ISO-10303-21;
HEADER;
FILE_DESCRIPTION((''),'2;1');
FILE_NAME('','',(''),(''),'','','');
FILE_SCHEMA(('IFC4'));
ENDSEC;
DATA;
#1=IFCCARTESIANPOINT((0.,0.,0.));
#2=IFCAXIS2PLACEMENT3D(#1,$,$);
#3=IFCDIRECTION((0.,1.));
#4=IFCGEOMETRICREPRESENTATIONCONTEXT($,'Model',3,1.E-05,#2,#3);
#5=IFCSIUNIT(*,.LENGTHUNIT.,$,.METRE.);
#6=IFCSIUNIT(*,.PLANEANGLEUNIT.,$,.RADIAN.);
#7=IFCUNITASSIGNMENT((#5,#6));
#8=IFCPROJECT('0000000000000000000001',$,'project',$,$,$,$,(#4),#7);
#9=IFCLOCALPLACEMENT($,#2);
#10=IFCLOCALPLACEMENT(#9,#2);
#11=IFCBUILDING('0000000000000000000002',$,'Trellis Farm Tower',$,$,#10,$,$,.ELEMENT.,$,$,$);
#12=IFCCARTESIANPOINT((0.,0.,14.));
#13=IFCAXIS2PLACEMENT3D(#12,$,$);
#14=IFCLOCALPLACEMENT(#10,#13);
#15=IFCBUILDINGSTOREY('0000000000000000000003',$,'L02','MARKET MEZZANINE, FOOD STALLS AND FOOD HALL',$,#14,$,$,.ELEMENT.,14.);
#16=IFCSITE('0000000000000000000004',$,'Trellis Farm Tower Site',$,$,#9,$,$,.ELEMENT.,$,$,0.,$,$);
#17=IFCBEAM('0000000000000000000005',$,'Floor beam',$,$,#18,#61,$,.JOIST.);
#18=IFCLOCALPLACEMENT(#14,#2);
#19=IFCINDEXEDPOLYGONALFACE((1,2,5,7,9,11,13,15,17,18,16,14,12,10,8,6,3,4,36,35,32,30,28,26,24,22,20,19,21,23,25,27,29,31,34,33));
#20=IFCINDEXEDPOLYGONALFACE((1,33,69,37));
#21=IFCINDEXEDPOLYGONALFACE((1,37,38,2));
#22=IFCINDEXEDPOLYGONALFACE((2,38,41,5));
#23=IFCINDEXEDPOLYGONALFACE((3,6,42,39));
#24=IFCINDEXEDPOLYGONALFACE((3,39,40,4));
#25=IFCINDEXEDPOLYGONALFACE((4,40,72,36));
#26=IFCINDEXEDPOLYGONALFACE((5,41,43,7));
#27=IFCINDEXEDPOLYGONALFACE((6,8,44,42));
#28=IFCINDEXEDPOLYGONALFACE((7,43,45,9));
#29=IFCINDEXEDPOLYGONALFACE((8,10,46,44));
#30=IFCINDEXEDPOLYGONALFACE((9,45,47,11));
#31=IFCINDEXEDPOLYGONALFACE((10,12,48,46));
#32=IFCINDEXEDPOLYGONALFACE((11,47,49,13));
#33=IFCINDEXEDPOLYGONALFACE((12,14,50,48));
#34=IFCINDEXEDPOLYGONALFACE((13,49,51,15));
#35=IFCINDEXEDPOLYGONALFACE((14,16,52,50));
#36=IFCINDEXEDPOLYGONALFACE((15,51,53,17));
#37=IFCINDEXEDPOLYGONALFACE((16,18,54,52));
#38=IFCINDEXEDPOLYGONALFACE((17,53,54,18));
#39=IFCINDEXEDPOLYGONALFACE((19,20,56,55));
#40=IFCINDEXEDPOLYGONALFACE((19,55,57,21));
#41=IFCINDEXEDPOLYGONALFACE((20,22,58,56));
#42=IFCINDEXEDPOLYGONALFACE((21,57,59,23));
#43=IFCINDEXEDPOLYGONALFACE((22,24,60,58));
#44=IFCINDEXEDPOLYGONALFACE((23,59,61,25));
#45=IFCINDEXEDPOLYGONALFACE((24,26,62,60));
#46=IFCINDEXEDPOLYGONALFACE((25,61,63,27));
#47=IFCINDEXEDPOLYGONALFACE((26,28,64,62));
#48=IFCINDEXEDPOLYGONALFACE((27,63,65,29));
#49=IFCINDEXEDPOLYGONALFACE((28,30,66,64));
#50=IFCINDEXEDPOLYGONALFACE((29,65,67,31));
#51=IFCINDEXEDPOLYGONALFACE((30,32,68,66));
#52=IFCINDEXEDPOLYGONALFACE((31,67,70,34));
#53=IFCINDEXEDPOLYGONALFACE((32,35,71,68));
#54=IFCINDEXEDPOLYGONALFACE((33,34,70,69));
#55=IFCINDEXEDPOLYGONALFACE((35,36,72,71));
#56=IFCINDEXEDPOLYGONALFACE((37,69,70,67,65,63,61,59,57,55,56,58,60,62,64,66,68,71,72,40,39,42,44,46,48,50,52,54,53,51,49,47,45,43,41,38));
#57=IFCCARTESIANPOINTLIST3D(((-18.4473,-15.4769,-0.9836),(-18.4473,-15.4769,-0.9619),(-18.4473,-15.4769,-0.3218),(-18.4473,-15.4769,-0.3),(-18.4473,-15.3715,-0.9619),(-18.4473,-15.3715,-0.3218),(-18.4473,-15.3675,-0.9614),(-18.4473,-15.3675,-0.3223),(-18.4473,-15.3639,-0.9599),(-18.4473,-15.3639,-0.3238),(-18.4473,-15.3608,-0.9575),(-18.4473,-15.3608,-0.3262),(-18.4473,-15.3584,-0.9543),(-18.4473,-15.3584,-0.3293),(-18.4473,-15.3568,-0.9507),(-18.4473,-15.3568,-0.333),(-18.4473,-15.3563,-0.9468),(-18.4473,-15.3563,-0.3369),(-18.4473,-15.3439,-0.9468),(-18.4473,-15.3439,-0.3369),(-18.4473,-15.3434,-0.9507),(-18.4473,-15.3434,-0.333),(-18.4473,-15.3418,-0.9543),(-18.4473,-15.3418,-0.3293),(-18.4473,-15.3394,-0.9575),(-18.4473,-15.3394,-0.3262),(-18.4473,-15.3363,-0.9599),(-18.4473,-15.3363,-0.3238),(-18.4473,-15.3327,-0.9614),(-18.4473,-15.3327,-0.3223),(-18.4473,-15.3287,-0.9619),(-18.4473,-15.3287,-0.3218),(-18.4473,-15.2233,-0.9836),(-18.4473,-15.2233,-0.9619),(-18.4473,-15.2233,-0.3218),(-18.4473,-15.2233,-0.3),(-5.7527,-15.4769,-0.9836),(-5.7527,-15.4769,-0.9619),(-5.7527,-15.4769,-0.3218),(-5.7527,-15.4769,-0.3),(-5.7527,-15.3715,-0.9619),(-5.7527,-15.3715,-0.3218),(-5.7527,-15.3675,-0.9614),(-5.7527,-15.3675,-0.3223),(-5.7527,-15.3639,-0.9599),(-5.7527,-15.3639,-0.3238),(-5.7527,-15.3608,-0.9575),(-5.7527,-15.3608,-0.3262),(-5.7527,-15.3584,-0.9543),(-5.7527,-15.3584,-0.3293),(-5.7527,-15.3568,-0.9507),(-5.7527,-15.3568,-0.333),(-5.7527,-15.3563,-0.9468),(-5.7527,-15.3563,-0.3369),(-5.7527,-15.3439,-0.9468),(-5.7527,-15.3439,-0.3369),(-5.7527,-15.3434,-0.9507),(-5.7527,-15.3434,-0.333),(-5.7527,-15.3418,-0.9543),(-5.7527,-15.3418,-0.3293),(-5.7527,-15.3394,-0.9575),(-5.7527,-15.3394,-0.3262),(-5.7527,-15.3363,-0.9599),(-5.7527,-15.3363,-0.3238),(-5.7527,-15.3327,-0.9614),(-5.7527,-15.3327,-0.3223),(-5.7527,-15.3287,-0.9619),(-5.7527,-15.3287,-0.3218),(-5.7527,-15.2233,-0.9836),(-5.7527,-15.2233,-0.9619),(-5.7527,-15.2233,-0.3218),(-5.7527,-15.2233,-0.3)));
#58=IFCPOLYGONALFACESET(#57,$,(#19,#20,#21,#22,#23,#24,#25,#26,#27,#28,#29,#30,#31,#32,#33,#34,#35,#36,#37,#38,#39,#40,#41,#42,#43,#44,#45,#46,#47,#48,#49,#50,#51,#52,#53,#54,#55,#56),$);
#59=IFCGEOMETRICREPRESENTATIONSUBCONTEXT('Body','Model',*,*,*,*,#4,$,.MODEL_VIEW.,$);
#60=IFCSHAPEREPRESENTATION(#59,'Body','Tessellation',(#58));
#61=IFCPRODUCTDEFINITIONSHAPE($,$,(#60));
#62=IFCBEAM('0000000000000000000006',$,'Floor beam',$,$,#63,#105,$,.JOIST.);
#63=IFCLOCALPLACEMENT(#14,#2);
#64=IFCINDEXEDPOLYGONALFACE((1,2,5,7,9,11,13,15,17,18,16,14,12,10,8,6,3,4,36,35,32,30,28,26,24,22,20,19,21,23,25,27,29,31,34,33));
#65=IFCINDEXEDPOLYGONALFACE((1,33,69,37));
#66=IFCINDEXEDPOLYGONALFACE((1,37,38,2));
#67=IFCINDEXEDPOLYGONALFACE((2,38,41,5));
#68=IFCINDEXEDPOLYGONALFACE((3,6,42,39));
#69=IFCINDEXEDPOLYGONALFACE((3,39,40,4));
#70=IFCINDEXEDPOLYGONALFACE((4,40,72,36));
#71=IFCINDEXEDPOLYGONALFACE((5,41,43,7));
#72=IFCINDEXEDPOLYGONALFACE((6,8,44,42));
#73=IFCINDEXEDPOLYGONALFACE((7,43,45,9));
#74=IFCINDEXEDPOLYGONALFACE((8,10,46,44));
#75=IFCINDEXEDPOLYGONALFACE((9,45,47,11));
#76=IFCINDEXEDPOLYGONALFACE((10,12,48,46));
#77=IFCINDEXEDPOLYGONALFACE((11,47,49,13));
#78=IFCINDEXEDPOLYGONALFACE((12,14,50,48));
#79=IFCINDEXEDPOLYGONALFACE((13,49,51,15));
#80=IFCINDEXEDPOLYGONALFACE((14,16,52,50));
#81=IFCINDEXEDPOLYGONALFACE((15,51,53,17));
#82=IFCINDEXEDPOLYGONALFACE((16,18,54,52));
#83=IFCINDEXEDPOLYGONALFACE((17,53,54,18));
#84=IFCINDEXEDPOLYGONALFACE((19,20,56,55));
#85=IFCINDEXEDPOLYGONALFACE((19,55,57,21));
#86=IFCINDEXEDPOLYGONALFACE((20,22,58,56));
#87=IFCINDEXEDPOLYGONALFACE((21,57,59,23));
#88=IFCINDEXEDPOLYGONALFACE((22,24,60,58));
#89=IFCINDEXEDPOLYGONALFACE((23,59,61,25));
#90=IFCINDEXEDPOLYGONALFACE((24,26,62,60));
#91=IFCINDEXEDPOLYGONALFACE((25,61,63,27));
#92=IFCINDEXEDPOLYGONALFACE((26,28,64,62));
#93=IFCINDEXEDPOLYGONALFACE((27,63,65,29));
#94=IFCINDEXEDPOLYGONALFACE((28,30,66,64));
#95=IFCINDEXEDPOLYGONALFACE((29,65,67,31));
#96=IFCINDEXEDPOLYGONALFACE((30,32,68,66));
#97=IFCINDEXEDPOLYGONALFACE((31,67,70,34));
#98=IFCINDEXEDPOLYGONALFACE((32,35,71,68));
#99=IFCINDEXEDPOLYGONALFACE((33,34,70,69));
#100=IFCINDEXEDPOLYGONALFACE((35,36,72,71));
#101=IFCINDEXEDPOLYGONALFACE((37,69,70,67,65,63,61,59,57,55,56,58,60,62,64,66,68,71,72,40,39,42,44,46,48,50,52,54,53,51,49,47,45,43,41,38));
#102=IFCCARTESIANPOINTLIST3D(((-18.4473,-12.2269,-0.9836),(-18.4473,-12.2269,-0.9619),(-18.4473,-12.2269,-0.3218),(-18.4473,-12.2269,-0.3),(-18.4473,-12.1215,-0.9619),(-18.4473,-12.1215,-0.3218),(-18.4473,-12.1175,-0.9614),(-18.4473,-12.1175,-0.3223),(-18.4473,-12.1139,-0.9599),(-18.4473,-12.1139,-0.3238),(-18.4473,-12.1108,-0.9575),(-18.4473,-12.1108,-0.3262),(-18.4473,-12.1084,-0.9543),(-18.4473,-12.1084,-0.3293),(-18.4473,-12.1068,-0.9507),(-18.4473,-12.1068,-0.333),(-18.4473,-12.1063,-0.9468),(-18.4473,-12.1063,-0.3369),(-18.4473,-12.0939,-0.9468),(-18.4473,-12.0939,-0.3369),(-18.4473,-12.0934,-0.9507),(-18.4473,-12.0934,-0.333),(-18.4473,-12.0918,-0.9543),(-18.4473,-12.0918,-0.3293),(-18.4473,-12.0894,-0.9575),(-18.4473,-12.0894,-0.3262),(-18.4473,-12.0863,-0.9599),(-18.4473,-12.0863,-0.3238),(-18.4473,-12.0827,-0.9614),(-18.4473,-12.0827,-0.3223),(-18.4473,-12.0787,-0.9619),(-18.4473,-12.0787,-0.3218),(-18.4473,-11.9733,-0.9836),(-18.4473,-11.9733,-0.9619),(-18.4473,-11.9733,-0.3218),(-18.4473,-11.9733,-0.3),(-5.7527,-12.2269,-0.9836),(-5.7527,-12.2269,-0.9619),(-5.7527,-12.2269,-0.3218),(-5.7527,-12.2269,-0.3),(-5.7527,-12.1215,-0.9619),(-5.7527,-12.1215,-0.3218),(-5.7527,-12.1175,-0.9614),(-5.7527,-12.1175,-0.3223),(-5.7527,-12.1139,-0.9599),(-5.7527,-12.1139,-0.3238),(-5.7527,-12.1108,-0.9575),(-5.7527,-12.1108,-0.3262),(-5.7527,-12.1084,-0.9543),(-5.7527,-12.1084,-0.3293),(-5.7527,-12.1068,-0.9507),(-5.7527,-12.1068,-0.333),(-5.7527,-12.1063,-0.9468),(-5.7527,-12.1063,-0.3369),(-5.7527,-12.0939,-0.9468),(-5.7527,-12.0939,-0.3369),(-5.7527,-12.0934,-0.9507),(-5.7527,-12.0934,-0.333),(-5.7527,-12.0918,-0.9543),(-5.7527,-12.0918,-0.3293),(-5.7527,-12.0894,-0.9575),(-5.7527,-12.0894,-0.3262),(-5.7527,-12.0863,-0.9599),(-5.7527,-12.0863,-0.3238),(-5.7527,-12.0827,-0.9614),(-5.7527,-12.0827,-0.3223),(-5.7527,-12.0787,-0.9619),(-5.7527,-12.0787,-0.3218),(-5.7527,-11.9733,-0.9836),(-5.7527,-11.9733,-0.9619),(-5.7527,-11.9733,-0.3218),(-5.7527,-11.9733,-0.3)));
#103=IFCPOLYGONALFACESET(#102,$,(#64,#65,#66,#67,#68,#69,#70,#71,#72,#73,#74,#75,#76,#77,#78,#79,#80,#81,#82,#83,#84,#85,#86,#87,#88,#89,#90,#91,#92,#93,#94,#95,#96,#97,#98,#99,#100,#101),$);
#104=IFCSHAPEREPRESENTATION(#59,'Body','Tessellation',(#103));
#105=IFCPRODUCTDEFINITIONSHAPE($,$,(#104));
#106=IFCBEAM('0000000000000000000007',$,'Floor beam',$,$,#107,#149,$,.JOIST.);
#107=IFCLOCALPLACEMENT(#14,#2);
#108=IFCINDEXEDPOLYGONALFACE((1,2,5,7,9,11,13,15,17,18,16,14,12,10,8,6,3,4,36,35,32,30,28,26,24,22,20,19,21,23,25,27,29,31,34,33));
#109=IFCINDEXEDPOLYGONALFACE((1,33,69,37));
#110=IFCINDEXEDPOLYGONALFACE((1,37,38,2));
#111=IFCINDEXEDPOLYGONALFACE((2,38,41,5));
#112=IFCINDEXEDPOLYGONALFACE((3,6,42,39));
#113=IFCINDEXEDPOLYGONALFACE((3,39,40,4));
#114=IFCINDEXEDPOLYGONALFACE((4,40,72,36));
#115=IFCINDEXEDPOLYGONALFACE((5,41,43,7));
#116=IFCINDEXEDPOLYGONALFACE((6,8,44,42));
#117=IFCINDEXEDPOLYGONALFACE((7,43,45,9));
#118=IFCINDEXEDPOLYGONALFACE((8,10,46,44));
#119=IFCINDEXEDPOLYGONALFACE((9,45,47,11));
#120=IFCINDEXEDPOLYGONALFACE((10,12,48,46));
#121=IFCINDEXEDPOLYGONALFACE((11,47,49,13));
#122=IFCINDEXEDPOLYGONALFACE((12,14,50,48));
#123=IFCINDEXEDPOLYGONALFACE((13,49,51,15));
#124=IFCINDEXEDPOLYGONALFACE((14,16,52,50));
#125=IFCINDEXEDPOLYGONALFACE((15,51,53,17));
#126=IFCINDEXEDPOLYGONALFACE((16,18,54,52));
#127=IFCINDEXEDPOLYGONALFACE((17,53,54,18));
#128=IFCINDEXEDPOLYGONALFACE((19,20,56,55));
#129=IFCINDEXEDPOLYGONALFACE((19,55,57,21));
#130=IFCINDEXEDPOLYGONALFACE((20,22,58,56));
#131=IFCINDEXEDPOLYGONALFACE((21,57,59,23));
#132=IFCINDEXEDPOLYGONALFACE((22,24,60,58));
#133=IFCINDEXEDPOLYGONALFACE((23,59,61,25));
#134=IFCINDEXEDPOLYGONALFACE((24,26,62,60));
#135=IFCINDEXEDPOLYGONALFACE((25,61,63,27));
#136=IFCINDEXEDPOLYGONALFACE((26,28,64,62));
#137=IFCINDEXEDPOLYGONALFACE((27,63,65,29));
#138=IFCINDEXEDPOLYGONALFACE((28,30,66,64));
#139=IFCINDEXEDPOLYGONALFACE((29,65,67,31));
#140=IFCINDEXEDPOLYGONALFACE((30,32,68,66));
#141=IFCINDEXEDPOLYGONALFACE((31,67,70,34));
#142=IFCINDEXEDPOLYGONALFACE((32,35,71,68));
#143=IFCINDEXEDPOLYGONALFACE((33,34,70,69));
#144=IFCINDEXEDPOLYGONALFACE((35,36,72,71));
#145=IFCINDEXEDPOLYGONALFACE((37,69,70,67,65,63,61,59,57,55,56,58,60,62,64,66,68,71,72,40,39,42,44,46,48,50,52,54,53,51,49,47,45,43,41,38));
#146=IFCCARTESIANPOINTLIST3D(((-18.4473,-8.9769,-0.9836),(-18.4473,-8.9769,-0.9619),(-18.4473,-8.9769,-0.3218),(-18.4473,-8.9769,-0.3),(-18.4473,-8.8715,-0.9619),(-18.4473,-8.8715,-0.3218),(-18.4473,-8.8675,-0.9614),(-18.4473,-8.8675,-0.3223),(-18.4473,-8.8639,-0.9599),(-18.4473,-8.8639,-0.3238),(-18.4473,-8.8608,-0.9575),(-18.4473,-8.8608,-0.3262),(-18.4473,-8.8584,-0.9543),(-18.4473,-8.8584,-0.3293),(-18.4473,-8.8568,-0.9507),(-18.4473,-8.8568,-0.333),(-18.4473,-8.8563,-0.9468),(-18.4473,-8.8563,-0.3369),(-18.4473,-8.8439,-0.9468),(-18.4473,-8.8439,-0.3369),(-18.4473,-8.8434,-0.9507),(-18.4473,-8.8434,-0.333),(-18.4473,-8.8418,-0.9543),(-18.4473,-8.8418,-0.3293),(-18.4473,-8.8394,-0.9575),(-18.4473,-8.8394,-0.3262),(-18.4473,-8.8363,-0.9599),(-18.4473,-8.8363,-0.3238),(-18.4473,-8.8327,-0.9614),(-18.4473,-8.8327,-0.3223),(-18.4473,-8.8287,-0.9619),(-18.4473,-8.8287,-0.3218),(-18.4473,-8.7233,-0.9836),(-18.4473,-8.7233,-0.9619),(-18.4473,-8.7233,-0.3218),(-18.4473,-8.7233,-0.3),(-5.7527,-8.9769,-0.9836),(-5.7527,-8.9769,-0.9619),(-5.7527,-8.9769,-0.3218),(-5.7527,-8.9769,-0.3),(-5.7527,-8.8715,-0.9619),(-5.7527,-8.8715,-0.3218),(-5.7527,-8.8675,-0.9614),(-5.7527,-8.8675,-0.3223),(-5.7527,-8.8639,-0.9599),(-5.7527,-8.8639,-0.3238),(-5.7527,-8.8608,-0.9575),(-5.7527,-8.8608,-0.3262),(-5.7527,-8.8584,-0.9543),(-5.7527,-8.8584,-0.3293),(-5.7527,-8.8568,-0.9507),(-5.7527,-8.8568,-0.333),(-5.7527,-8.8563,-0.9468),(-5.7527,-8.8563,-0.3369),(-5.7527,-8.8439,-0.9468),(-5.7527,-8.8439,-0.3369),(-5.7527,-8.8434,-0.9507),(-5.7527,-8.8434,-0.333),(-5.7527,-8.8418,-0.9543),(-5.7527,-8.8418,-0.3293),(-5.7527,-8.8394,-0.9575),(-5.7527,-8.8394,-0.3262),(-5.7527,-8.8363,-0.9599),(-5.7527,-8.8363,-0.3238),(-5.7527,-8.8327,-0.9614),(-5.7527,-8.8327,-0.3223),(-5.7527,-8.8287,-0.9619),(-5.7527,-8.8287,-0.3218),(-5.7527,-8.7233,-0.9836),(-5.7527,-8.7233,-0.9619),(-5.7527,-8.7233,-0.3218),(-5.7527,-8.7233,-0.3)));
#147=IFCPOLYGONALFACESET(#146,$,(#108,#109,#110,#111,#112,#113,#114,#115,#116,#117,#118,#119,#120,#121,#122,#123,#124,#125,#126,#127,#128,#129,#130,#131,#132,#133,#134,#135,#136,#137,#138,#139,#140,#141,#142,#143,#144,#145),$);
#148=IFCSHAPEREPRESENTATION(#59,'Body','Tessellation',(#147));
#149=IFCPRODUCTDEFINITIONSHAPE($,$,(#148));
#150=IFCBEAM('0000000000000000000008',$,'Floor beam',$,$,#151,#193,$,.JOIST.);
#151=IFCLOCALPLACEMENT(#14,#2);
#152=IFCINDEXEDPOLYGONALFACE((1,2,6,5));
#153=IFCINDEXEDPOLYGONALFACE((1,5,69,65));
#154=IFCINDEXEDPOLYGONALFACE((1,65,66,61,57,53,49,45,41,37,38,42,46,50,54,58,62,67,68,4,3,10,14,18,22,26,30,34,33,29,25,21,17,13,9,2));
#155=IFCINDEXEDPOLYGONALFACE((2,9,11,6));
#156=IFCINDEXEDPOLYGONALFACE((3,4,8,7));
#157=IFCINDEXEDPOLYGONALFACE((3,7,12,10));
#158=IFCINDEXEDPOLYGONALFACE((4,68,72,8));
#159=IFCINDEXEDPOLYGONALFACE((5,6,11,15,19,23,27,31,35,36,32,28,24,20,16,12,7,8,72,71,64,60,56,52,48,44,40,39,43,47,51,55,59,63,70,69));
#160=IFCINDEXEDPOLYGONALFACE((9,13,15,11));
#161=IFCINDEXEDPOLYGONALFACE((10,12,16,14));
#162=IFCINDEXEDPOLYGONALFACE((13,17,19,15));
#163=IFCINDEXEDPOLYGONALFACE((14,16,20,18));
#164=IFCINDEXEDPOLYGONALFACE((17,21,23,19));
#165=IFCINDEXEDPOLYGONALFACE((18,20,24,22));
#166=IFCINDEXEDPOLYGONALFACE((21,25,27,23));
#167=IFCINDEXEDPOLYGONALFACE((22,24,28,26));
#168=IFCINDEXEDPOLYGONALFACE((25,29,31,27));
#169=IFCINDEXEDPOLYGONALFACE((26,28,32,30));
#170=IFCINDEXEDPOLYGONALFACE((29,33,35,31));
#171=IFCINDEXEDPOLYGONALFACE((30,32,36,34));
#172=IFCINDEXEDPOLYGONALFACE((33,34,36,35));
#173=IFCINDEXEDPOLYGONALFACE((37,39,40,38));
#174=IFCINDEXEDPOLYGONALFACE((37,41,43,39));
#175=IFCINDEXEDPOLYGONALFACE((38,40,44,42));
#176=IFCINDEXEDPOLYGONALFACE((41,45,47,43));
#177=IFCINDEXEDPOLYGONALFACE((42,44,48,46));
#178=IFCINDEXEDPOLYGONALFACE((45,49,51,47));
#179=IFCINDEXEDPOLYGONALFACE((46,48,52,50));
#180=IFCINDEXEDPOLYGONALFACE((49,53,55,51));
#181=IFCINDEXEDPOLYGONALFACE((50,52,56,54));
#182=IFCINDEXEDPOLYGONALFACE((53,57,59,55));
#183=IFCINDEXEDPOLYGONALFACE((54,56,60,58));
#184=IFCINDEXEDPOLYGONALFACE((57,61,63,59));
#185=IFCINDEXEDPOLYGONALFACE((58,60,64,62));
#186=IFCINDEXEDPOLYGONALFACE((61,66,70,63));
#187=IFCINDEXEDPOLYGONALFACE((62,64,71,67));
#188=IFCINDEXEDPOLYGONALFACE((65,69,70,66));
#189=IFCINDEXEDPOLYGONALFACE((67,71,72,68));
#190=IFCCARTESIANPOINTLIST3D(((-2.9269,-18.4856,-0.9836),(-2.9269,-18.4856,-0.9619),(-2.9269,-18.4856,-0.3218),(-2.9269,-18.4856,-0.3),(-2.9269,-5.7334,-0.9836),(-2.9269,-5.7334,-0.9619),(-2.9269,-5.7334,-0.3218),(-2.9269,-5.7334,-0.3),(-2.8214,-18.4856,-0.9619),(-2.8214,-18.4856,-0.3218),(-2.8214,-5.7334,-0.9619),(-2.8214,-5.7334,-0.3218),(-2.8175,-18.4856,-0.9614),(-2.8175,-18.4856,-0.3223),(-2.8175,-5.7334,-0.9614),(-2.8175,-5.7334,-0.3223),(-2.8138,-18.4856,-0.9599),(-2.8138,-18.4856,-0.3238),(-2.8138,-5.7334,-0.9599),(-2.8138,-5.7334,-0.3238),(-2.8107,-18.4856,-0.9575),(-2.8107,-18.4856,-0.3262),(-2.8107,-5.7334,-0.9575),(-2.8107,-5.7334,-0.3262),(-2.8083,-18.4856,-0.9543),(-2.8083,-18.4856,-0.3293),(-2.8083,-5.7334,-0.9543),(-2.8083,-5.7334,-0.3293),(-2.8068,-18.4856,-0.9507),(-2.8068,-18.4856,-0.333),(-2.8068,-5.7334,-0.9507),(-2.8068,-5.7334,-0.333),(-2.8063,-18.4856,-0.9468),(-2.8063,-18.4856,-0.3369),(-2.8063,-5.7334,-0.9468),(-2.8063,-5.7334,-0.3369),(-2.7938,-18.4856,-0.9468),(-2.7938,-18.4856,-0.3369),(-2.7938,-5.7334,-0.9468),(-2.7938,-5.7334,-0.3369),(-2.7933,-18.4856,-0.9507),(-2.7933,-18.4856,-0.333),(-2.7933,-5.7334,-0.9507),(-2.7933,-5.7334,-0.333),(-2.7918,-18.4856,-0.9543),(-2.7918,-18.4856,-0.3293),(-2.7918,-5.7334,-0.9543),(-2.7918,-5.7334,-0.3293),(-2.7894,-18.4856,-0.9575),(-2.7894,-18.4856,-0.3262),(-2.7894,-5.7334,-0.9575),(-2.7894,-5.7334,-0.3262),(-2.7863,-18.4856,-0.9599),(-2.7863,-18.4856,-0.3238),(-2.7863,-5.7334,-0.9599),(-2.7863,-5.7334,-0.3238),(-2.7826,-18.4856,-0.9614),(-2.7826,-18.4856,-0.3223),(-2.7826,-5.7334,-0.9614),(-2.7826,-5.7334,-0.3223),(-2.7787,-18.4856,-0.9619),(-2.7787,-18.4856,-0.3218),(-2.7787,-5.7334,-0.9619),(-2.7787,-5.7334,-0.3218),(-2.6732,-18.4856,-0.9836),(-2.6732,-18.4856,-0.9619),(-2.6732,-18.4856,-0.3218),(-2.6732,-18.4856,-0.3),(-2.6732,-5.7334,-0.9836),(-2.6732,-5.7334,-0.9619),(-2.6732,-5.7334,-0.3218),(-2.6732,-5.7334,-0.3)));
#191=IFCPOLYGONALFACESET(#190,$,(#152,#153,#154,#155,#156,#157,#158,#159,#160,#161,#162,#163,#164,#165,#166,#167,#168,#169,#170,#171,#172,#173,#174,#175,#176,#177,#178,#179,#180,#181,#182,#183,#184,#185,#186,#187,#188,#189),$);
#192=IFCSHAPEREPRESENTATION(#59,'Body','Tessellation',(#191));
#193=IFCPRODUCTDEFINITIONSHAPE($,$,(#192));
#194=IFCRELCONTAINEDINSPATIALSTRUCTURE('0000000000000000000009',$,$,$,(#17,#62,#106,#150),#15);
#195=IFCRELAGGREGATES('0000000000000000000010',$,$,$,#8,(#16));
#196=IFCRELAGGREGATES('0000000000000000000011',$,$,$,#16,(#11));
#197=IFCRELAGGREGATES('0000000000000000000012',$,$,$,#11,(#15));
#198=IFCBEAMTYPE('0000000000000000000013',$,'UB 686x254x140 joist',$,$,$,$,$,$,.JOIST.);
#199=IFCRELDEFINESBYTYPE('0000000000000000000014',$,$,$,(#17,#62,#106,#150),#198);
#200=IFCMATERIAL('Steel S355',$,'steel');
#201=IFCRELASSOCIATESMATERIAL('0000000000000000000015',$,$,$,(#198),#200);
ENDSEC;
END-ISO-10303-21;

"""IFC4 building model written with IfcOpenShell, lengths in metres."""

from ifc_helpers import new_model, si_unit, direction, frame, origin, origin_2d, place, context, subcontext, project, spatial, i_section, extrude, source, transform, mapped, material, material_profile, profile_set, type_object, element, save


model = new_model("IFC4")

# Units and contexts
model_context = context("Model", 3, precision=1e-05, world=origin(), true_north=direction((0.0, 1.0)))
body_context = subcontext(model_context, "Body", "Model", "MODEL_VIEW")
ifc_project = project(units=[si_unit("LENGTHUNIT", "METRE"), si_unit("PLANEANGLEUNIT", "RADIAN")], contexts=[model_context])

# Site, building, storey
site_placement = place(None, origin())
site = spatial("IfcSite", under=ifc_project, at=site_placement, Name="Trellis Farm Tower Site", CompositionType="ELEMENT", RefElevation=0.0)
building_placement = place(site_placement, origin())
building = spatial("IfcBuilding", under=site, at=building_placement, Name="Trellis Farm Tower", CompositionType="ELEMENT")
storey_placement = place(building_placement, frame((0.0, 0.0, 14.0)))
storey = spatial("IfcBuildingStorey", under=building, at=storey_placement, Name="L02", Description="MARKET MEZZANINE, FOOD STALLS AND FOOD HALL", CompositionType="ELEMENT", Elevation=14.0)

# Beams
ifc_material_1 = material(Name="Steel S355", Category="steel")
ifc_material_profile_1 = material_profile(ifc_material_1, i_section(OverallWidth=0.2537, OverallDepth=0.6836, WebThickness=0.0125, FlangeThickness=0.0217, FilletRadius=0.0151, at=origin_2d()), Name="UB 686x254x140")
ifc_profile_set_1 = profile_set([ifc_material_profile_1], Name="Steel S355")
beam_type_1 = type_object("IfcBeamType", Name="UB 686x254x140 joist", PredefinedType="JOIST", material=ifc_profile_set_1)
shared_shape_1 = source(origin(), body_context, "Body", "SweptSolid", [
    extrude(i_section(OverallWidth=0.2537, OverallDepth=0.6836, WebThickness=0.0125, FlangeThickness=0.0217, FilletRadius=0.0151, at=origin_2d()), origin(), (0.0, 0.0, 1.0), 12.6946),
])
for number, where, z_axis, x_axis, name in (
    (1, (-18.4473, -15.3501, -0.6418), (1.0, 0.0, 0.0), (0.0, 1.0, 0.0), "Floor beam"),
    (2, (-18.4473, -12.1001, -0.6418), (1.0, 0.0, 0.0), (0.0, 1.0, 0.0), "Floor beam"),
    (3, (-18.4473, -8.8501, -0.6418), (1.0, 0.0, 0.0), (0.0, 1.0, 0.0), "Floor beam"),
):
    element("IfcBeam", number, at=place(storey_placement, frame(where, z_axis=z_axis, x_axis=x_axis)), inside=storey, type_object=beam_type_1, Name=name, PredefinedType="JOIST", context=body_context, shape_type="MappedRepresentation", body=[
        mapped(shared_shape_1, transform((0.0, 0.0, 0.0))),
    ])
shared_shape_2 = source(origin(), body_context, "Body", "SweptSolid", [
    extrude(i_section(OverallWidth=0.2537, OverallDepth=0.6836, WebThickness=0.0125, FlangeThickness=0.0217, FilletRadius=0.0151, at=origin_2d()), origin(), (0.0, 0.0, 1.0), 12.7522),
])
beam_1_placement = place(storey_placement, frame((-2.8, -18.4856, -0.6418), z_axis=(0.0, 1.0, 0.0), x_axis=(-1.0, 0.0, 0.0)))
element("IfcBeam", 4, at=beam_1_placement, inside=storey, type_object=beam_type_1, Name="Floor beam", PredefinedType="JOIST", context=body_context, shape_type="MappedRepresentation", body=[
    mapped(shared_shape_2, transform((0.0, 0.0, 0.0))),
])

save(model, "model.ifc")
